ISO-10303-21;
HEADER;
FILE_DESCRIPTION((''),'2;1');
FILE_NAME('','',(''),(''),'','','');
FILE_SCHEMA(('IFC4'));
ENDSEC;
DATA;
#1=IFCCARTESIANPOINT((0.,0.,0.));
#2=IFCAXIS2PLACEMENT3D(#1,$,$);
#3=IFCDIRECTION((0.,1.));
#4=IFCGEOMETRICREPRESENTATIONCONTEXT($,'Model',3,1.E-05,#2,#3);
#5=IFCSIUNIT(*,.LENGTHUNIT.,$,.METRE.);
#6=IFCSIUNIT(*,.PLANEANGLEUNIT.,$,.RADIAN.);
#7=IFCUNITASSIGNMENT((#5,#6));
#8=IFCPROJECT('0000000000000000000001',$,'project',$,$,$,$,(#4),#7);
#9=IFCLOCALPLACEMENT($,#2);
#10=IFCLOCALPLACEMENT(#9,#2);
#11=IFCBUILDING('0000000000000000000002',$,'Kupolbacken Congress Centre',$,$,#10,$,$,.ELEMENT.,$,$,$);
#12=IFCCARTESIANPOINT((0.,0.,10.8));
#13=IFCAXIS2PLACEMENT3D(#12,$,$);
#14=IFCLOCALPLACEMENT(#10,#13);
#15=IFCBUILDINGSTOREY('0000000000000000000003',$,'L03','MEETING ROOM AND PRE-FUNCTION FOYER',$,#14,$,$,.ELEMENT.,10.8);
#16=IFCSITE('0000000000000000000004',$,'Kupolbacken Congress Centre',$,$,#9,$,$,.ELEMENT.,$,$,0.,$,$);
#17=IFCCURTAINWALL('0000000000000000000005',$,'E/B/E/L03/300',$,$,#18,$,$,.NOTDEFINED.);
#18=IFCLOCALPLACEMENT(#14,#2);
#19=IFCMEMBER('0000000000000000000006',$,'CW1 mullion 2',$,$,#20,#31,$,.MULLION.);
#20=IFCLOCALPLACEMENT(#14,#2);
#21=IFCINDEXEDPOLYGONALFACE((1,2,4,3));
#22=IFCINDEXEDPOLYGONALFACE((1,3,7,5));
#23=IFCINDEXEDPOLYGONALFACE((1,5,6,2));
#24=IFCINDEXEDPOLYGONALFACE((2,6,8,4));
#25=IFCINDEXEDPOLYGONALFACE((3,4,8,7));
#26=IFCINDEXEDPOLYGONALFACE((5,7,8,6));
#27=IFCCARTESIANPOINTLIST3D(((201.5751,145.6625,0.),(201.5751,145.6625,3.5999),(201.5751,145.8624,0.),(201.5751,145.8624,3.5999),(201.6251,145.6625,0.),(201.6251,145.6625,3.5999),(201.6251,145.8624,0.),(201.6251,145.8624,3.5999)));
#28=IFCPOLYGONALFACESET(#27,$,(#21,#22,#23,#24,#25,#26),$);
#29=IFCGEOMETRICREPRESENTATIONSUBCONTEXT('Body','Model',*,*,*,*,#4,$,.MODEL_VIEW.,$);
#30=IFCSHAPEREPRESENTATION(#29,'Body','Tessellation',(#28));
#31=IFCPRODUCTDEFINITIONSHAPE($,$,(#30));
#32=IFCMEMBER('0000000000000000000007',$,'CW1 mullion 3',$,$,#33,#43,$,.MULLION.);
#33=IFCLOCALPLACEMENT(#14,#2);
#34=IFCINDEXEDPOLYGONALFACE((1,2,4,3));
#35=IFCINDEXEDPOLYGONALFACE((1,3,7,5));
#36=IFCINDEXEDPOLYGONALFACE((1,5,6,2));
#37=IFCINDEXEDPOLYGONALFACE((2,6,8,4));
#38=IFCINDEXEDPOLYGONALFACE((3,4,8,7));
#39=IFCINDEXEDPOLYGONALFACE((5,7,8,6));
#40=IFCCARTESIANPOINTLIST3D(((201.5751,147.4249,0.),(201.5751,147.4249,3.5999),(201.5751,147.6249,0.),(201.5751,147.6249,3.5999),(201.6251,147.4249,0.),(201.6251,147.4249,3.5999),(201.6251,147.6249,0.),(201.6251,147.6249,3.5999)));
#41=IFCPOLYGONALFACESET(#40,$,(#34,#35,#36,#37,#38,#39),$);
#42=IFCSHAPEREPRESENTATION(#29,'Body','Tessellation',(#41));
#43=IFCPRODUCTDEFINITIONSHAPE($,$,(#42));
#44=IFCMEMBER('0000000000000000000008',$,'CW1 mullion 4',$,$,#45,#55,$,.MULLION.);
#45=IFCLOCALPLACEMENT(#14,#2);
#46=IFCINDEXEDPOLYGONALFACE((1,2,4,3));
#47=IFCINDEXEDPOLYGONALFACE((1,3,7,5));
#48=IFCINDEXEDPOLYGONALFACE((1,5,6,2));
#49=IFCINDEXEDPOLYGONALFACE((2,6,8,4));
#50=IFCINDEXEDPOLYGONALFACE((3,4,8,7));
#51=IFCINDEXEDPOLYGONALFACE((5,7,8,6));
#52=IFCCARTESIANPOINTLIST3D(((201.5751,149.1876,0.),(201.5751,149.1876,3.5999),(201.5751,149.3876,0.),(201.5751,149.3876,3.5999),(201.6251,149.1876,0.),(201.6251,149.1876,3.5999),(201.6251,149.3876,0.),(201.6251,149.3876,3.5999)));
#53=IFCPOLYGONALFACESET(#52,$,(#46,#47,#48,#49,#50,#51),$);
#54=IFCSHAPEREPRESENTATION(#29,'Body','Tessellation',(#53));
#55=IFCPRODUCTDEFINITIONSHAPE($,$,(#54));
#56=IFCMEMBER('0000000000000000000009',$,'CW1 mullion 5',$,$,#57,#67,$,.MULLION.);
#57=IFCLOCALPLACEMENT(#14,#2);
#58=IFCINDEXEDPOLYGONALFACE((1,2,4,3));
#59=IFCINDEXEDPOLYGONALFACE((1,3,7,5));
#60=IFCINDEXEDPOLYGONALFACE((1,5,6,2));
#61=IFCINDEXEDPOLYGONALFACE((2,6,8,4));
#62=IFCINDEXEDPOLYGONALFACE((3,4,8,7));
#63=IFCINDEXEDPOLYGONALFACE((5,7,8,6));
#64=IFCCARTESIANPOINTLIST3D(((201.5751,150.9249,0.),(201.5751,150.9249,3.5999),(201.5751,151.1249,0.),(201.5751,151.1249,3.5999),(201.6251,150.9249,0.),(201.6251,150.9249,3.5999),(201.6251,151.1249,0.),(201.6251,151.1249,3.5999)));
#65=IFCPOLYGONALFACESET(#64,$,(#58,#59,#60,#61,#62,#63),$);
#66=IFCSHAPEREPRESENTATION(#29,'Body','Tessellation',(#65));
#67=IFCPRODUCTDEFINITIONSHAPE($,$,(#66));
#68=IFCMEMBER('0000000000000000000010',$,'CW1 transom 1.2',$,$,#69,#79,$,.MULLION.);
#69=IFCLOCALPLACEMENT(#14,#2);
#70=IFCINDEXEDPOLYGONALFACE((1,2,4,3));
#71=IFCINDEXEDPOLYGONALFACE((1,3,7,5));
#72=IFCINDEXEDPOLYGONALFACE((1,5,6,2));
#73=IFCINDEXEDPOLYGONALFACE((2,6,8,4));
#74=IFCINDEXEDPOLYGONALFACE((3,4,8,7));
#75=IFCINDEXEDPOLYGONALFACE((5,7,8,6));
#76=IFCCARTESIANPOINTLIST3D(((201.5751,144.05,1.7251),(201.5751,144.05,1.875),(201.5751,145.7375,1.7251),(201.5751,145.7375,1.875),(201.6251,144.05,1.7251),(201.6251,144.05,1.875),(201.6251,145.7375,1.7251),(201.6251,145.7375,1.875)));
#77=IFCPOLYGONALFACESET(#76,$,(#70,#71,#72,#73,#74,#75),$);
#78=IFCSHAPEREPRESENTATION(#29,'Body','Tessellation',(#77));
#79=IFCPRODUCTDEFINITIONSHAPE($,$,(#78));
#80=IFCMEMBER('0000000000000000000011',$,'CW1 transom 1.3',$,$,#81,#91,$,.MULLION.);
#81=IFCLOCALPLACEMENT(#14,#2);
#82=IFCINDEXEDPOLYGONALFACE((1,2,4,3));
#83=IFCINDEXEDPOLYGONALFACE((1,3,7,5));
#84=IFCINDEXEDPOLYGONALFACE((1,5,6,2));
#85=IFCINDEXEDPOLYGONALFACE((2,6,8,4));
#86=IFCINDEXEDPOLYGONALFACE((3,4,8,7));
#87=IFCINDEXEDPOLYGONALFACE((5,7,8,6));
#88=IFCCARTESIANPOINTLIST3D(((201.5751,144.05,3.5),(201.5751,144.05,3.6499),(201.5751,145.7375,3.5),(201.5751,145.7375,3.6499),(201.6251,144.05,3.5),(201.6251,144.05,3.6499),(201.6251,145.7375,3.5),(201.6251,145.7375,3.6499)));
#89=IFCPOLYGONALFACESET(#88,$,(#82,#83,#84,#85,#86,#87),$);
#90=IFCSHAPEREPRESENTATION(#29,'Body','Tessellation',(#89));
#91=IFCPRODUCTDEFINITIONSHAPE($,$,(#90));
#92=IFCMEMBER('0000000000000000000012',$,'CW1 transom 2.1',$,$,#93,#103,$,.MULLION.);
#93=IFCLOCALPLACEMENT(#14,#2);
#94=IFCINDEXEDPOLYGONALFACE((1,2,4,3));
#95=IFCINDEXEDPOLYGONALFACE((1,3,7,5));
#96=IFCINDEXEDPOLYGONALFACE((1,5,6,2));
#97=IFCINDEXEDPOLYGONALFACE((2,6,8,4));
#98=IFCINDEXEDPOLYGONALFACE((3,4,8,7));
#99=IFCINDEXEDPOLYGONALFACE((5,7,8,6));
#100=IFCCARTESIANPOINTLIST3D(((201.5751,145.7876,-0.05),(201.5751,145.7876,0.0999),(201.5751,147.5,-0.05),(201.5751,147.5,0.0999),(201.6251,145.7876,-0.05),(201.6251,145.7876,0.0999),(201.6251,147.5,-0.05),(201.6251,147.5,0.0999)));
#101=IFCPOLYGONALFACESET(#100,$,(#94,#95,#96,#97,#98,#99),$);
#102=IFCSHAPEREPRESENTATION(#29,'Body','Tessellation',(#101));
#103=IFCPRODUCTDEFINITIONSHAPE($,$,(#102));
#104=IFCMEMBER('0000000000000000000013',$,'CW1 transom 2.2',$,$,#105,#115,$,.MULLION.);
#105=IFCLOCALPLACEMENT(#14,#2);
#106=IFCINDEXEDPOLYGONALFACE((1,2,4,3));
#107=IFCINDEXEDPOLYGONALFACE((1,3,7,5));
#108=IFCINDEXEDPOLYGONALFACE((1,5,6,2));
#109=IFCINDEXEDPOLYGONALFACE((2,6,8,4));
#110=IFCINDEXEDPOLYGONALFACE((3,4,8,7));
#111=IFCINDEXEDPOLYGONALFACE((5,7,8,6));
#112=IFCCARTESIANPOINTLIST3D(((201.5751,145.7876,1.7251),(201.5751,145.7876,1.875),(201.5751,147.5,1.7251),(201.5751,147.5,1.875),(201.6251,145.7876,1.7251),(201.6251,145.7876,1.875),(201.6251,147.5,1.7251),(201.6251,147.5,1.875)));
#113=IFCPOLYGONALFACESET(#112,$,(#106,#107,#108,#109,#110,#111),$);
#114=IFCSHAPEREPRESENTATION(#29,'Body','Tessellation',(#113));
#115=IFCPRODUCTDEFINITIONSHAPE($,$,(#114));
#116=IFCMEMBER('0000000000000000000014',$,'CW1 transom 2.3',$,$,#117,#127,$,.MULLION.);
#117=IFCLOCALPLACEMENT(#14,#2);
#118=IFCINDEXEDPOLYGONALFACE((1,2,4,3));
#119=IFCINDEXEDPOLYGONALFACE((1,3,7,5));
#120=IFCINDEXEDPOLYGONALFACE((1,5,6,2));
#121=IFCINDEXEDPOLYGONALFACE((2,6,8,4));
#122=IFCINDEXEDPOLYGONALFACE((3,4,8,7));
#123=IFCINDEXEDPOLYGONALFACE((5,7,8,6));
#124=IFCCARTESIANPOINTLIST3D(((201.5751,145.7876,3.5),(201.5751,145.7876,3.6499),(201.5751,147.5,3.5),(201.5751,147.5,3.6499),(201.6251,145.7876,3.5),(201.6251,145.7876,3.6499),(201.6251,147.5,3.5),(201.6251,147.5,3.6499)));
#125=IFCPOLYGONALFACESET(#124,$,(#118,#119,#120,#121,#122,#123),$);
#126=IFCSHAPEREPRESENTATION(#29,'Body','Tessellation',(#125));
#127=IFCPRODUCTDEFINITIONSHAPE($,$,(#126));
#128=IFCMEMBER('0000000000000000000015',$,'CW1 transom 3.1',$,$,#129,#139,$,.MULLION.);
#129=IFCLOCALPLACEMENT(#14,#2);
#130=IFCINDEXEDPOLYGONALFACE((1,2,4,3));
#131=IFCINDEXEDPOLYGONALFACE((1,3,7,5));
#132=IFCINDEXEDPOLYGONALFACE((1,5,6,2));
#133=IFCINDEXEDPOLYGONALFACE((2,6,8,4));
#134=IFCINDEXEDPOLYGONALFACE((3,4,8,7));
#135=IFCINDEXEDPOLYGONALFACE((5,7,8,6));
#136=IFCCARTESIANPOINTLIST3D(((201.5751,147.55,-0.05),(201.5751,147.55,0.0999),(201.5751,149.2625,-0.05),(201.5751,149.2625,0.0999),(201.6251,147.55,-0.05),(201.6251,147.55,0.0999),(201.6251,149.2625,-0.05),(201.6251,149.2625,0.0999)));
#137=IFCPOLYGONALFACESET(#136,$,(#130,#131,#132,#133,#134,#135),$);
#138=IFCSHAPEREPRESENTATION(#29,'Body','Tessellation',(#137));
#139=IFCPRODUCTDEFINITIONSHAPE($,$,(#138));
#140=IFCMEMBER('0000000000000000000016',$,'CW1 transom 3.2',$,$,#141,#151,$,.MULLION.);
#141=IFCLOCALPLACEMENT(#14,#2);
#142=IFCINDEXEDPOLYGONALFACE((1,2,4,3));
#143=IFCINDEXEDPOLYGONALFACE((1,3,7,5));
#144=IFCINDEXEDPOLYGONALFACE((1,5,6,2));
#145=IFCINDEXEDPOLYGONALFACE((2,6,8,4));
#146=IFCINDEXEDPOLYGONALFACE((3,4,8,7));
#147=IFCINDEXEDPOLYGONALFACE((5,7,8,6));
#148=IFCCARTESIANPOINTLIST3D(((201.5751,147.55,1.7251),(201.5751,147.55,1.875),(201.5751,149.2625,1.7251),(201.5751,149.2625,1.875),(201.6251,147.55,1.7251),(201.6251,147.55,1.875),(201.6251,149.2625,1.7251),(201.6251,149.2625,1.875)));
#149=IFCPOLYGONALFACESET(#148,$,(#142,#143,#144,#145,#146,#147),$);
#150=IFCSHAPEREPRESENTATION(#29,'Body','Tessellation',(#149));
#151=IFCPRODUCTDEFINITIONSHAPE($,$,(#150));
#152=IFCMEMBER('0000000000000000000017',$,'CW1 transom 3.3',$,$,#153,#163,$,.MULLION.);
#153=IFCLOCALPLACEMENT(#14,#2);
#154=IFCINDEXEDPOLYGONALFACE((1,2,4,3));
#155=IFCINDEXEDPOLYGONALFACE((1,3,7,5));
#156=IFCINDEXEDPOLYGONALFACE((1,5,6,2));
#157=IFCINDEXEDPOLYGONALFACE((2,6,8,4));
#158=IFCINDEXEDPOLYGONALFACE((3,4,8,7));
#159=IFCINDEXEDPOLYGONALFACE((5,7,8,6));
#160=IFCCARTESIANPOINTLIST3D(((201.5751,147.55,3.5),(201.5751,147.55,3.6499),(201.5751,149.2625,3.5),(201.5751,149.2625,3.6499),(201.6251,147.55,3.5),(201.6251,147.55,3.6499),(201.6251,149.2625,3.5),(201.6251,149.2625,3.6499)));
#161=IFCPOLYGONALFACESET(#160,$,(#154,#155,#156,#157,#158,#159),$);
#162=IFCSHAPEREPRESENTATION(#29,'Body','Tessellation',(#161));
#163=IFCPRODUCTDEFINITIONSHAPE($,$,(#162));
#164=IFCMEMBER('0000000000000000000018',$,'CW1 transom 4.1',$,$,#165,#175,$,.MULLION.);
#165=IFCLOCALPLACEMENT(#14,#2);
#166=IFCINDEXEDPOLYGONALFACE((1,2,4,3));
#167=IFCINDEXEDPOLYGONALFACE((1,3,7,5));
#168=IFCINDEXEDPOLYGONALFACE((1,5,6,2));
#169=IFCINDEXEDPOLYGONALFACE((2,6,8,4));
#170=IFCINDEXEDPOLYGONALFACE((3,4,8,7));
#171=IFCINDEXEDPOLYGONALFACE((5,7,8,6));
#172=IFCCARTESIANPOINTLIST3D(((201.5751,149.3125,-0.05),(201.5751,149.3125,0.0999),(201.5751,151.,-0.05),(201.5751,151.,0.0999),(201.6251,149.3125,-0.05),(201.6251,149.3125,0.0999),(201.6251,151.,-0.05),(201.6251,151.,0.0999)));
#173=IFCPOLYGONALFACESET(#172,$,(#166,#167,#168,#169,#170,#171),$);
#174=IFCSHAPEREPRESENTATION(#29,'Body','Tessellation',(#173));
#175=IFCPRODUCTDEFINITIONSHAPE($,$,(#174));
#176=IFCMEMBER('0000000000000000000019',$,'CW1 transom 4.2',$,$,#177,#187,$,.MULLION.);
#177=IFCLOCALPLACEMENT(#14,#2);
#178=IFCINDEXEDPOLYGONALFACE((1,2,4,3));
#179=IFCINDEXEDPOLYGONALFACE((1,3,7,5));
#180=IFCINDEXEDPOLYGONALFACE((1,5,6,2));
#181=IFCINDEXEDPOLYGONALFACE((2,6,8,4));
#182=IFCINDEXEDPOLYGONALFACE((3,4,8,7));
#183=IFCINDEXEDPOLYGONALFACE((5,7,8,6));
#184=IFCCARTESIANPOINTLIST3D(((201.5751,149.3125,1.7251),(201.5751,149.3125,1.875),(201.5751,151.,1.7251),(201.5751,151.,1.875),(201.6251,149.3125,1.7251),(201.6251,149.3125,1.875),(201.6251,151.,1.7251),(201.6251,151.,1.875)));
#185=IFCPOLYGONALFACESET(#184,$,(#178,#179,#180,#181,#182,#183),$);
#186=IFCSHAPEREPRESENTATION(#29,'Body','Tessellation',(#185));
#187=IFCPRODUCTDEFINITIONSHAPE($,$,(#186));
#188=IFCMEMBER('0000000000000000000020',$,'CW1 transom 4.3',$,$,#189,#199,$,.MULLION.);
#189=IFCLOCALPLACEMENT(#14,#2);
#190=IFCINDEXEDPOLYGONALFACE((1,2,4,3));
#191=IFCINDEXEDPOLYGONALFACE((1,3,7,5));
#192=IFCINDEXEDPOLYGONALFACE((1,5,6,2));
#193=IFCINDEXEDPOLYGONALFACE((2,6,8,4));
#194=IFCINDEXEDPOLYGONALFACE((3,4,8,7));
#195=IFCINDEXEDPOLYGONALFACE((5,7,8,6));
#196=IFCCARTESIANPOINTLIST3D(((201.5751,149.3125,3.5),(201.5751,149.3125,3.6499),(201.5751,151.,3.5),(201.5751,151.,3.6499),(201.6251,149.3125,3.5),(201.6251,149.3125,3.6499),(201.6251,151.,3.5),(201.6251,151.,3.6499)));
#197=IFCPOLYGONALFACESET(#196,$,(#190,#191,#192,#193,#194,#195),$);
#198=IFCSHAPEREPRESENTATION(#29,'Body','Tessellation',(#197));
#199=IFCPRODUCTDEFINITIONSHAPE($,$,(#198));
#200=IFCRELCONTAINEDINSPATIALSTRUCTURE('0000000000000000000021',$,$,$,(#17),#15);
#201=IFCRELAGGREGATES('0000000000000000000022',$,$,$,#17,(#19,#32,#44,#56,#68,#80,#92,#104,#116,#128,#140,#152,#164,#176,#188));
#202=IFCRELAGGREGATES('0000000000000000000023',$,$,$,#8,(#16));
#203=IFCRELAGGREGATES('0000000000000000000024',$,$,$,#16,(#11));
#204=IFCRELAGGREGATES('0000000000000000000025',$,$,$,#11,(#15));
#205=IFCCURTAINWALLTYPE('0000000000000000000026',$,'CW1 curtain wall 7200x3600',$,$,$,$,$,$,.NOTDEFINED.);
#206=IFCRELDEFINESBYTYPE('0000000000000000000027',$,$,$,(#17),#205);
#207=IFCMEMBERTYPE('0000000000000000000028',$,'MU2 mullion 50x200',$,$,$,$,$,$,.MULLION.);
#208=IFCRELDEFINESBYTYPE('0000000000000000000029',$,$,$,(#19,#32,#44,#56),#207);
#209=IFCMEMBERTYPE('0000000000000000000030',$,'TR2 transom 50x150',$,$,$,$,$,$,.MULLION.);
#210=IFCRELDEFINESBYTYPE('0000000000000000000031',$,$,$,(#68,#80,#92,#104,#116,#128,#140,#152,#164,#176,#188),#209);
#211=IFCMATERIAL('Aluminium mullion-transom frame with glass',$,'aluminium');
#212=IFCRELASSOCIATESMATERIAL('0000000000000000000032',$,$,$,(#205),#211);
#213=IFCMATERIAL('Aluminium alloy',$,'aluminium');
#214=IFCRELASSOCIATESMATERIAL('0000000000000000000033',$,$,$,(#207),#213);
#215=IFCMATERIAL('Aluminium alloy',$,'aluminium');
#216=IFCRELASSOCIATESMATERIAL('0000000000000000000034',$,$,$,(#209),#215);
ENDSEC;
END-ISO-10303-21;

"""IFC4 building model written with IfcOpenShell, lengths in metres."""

from ifc_helpers import new_model, si_unit, direction, frame, origin, origin_2d, place, context, subcontext, project, spatial, rectangle, extrude, material, material_profile, profile_set, type_object, element, aggregate, save


model = new_model("IFC4")

# Units and contexts
model_context = context("Model", 3, precision=1e-05, world=origin(), true_north=direction((0.0, 1.0)))
body_context = subcontext(model_context, "Body", "Model", "MODEL_VIEW")
ifc_project = project(units=[si_unit("LENGTHUNIT", "METRE"), si_unit("PLANEANGLEUNIT", "RADIAN")], contexts=[model_context])

# Site, building, storey
site_placement = place(None, origin())
site = spatial("IfcSite", under=ifc_project, at=site_placement, Name="Kupolbacken Congress Centre", CompositionType="ELEMENT", RefElevation=0.0)
building_placement = place(site_placement, origin())
building = spatial("IfcBuilding", under=site, at=building_placement, Name="Kupolbacken Congress Centre", CompositionType="ELEMENT")
storey_placement = place(building_placement, frame((0.0, 0.0, 10.8)))
storey = spatial("IfcBuildingStorey", under=building, at=storey_placement, Name="L03", Description="MEETING ROOM AND PRE-FUNCTION FOYER", CompositionType="ELEMENT", Elevation=10.8)

# Curtain wall, members
ifc_material_1 = material(Name="Aluminium mullion-transom frame with glass", Category="aluminium")
curtain_wall_type = type_object("IfcCurtainWallType", Name="CW1 curtain wall 7200x3600", PredefinedType="NOTDEFINED", material=ifc_material_1)
curtain_wall_placement = place(storey_placement, origin())
curtain_wall = element("IfcCurtainWall", 1, at=curtain_wall_placement, inside=storey, type_object=curtain_wall_type, Name="E/B/E/L03/300", PredefinedType="NOTDEFINED")
ifc_material_2 = material(Name="Aluminium alloy", Category="aluminium")
ifc_material_profile_1 = material_profile(ifc_material_2, rectangle(XDim=0.05, YDim=0.2, at=origin_2d()), Name="50 x 200")
ifc_profile_set_1 = profile_set([ifc_material_profile_1], Name="Aluminium alloy")
member_type_1 = type_object("IfcMemberType", Name="MU2 mullion 50x200", PredefinedType="MULLION", material=ifc_profile_set_1)
member_1_placement = place(storey_placement, frame((201.6001, 145.7625, 0.0), z_axis=(0.0, 0.0, 1.0), x_axis=(-1.0, 0.0, 0.0)))
member_1 = element("IfcMember", 2, at=member_1_placement, type_object=member_type_1, Name="CW1 mullion 2", PredefinedType="MULLION", context=body_context, shape_type="SweptSolid", body=[
    extrude(rectangle(XDim=0.05, YDim=0.2, at=origin_2d()), origin(), (0.0, 0.0, 1.0), 3.5999),
])
member_2_placement = place(storey_placement, frame((201.6001, 147.5249, 0.0), z_axis=(0.0, 0.0, 1.0), x_axis=(-1.0, 0.0, 0.0)))
member_2 = element("IfcMember", 3, at=member_2_placement, type_object=member_type_1, Name="CW1 mullion 3", PredefinedType="MULLION", context=body_context, shape_type="SweptSolid", body=[
    extrude(rectangle(XDim=0.05, YDim=0.2, at=origin_2d()), origin(), (0.0, 0.0, 1.0), 3.5999),
])
member_3_placement = place(storey_placement, frame((201.6001, 149.2876, 0.0), z_axis=(0.0, 0.0, 1.0), x_axis=(-1.0, 0.0, 0.0)))
member_3 = element("IfcMember", 4, at=member_3_placement, type_object=member_type_1, Name="CW1 mullion 4", PredefinedType="MULLION", context=body_context, shape_type="SweptSolid", body=[
    extrude(rectangle(XDim=0.05, YDim=0.2, at=origin_2d()), origin(), (0.0, 0.0, 1.0), 3.5999),
])
member_4_placement = place(storey_placement, frame((201.6001, 151.0249, 0.0), z_axis=(0.0, 0.0, 1.0), x_axis=(-1.0, 0.0, 0.0)))
member_4 = element("IfcMember", 5, at=member_4_placement, type_object=member_type_1, Name="CW1 mullion 5", PredefinedType="MULLION", context=body_context, shape_type="SweptSolid", body=[
    extrude(rectangle(XDim=0.05, YDim=0.2, at=origin_2d()), origin(), (0.0, 0.0, 1.0), 3.5999),
])
ifc_material_3 = material(Name="Aluminium alloy", Category="aluminium")
ifc_material_profile_2 = material_profile(ifc_material_3, rectangle(XDim=0.05, YDim=0.1499, at=origin_2d()), Name="50 x 150")
ifc_profile_set_2 = profile_set([ifc_material_profile_2], Name="Aluminium alloy")
member_type_2 = type_object("IfcMemberType", Name="TR2 transom 50x150", PredefinedType="MULLION", material=ifc_profile_set_2)
member_5_placement = place(storey_placement, frame((201.6001, 144.05, 1.8), z_axis=(0.0, 1.0, 0.0), x_axis=(-1.0, 0.0, 0.0)))
member_5 = element("IfcMember", 6, at=member_5_placement, type_object=member_type_2, Name="CW1 transom 1.2", PredefinedType="MULLION", context=body_context, shape_type="SweptSolid", body=[
    extrude(rectangle(XDim=0.05, YDim=0.1499, at=origin_2d()), origin(), (0.0, 0.0, 1.0), 1.6875),
])
member_6_placement = place(storey_placement, frame((201.6001, 144.05, 3.575), z_axis=(0.0, 1.0, 0.0), x_axis=(-1.0, 0.0, 0.0)))
member_6 = element("IfcMember", 7, at=member_6_placement, type_object=member_type_2, Name="CW1 transom 1.3", PredefinedType="MULLION", context=body_context, shape_type="SweptSolid", body=[
    extrude(rectangle(XDim=0.05, YDim=0.1499, at=origin_2d()), origin(), (0.0, 0.0, 1.0), 1.6875),
])
member_7_placement = place(storey_placement, frame((201.6001, 145.7876, 0.0249), z_axis=(0.0, 1.0, 0.0), x_axis=(-1.0, 0.0, 0.0)))
member_7 = element("IfcMember", 8, at=member_7_placement, type_object=member_type_2, Name="CW1 transom 2.1", PredefinedType="MULLION", context=body_context, shape_type="SweptSolid", body=[
    extrude(rectangle(XDim=0.05, YDim=0.1499, at=origin_2d()), origin(), (0.0, 0.0, 1.0), 1.7124),
])
member_8_placement = place(storey_placement, frame((201.6001, 145.7876, 1.8), z_axis=(0.0, 1.0, 0.0), x_axis=(-1.0, 0.0, 0.0)))
member_8 = element("IfcMember", 9, at=member_8_placement, type_object=member_type_2, Name="CW1 transom 2.2", PredefinedType="MULLION", context=body_context, shape_type="SweptSolid", body=[
    extrude(rectangle(XDim=0.05, YDim=0.1499, at=origin_2d()), origin(), (0.0, 0.0, 1.0), 1.7124),
])
member_9_placement = place(storey_placement, frame((201.6001, 145.7876, 3.575), z_axis=(0.0, 1.0, 0.0), x_axis=(-1.0, 0.0, 0.0)))
member_9 = element("IfcMember", 10, at=member_9_placement, type_object=member_type_2, Name="CW1 transom 2.3", PredefinedType="MULLION", context=body_context, shape_type="SweptSolid", body=[
    extrude(rectangle(XDim=0.05, YDim=0.1499, at=origin_2d()), origin(), (0.0, 0.0, 1.0), 1.7124),
])
member_10_placement = place(storey_placement, frame((201.6001, 147.55, 0.0249), z_axis=(0.0, 1.0, 0.0), x_axis=(-1.0, 0.0, 0.0)))
member_10 = element("IfcMember", 11, at=member_10_placement, type_object=member_type_2, Name="CW1 transom 3.1", PredefinedType="MULLION", context=body_context, shape_type="SweptSolid", body=[
    extrude(rectangle(XDim=0.05, YDim=0.1499, at=origin_2d()), origin(), (0.0, 0.0, 1.0), 1.7124),
])
member_11_placement = place(storey_placement, frame((201.6001, 147.55, 1.8), z_axis=(0.0, 1.0, 0.0), x_axis=(-1.0, 0.0, 0.0)))
member_11 = element("IfcMember", 12, at=member_11_placement, type_object=member_type_2, Name="CW1 transom 3.2", PredefinedType="MULLION", context=body_context, shape_type="SweptSolid", body=[
    extrude(rectangle(XDim=0.05, YDim=0.1499, at=origin_2d()), origin(), (0.0, 0.0, 1.0), 1.7124),
])
member_12_placement = place(storey_placement, frame((201.6001, 147.55, 3.575), z_axis=(0.0, 1.0, 0.0), x_axis=(-1.0, 0.0, 0.0)))
member_12 = element("IfcMember", 13, at=member_12_placement, type_object=member_type_2, Name="CW1 transom 3.3", PredefinedType="MULLION", context=body_context, shape_type="SweptSolid", body=[
    extrude(rectangle(XDim=0.05, YDim=0.1499, at=origin_2d()), origin(), (0.0, 0.0, 1.0), 1.7124),
])
member_13_placement = place(storey_placement, frame((201.6001, 149.3125, 0.0249), z_axis=(0.0, 1.0, 0.0), x_axis=(-1.0, 0.0, 0.0)))
member_13 = element("IfcMember", 14, at=member_13_placement, type_object=member_type_2, Name="CW1 transom 4.1", PredefinedType="MULLION", context=body_context, shape_type="SweptSolid", body=[
    extrude(rectangle(XDim=0.05, YDim=0.1499, at=origin_2d()), origin(), (0.0, 0.0, 1.0), 1.6875),
])
member_14_placement = place(storey_placement, frame((201.6001, 149.3125, 1.8), z_axis=(0.0, 1.0, 0.0), x_axis=(-1.0, 0.0, 0.0)))
member_14 = element("IfcMember", 15, at=member_14_placement, type_object=member_type_2, Name="CW1 transom 4.2", PredefinedType="MULLION", context=body_context, shape_type="SweptSolid", body=[
    extrude(rectangle(XDim=0.05, YDim=0.1499, at=origin_2d()), origin(), (0.0, 0.0, 1.0), 1.6875),
])
member_15_placement = place(storey_placement, frame((201.6001, 149.3125, 3.575), z_axis=(0.0, 1.0, 0.0), x_axis=(-1.0, 0.0, 0.0)))
member_15 = element("IfcMember", 16, at=member_15_placement, type_object=member_type_2, Name="CW1 transom 4.3", PredefinedType="MULLION", context=body_context, shape_type="SweptSolid", body=[
    extrude(rectangle(XDim=0.05, YDim=0.1499, at=origin_2d()), origin(), (0.0, 0.0, 1.0), 1.6875),
])
aggregate(curtain_wall, [member_1, member_2, member_3, member_4, member_5, member_6, member_7, member_8, member_9, member_10, member_11, member_12, member_13, member_14, member_15])

save(model, "model.ifc")
